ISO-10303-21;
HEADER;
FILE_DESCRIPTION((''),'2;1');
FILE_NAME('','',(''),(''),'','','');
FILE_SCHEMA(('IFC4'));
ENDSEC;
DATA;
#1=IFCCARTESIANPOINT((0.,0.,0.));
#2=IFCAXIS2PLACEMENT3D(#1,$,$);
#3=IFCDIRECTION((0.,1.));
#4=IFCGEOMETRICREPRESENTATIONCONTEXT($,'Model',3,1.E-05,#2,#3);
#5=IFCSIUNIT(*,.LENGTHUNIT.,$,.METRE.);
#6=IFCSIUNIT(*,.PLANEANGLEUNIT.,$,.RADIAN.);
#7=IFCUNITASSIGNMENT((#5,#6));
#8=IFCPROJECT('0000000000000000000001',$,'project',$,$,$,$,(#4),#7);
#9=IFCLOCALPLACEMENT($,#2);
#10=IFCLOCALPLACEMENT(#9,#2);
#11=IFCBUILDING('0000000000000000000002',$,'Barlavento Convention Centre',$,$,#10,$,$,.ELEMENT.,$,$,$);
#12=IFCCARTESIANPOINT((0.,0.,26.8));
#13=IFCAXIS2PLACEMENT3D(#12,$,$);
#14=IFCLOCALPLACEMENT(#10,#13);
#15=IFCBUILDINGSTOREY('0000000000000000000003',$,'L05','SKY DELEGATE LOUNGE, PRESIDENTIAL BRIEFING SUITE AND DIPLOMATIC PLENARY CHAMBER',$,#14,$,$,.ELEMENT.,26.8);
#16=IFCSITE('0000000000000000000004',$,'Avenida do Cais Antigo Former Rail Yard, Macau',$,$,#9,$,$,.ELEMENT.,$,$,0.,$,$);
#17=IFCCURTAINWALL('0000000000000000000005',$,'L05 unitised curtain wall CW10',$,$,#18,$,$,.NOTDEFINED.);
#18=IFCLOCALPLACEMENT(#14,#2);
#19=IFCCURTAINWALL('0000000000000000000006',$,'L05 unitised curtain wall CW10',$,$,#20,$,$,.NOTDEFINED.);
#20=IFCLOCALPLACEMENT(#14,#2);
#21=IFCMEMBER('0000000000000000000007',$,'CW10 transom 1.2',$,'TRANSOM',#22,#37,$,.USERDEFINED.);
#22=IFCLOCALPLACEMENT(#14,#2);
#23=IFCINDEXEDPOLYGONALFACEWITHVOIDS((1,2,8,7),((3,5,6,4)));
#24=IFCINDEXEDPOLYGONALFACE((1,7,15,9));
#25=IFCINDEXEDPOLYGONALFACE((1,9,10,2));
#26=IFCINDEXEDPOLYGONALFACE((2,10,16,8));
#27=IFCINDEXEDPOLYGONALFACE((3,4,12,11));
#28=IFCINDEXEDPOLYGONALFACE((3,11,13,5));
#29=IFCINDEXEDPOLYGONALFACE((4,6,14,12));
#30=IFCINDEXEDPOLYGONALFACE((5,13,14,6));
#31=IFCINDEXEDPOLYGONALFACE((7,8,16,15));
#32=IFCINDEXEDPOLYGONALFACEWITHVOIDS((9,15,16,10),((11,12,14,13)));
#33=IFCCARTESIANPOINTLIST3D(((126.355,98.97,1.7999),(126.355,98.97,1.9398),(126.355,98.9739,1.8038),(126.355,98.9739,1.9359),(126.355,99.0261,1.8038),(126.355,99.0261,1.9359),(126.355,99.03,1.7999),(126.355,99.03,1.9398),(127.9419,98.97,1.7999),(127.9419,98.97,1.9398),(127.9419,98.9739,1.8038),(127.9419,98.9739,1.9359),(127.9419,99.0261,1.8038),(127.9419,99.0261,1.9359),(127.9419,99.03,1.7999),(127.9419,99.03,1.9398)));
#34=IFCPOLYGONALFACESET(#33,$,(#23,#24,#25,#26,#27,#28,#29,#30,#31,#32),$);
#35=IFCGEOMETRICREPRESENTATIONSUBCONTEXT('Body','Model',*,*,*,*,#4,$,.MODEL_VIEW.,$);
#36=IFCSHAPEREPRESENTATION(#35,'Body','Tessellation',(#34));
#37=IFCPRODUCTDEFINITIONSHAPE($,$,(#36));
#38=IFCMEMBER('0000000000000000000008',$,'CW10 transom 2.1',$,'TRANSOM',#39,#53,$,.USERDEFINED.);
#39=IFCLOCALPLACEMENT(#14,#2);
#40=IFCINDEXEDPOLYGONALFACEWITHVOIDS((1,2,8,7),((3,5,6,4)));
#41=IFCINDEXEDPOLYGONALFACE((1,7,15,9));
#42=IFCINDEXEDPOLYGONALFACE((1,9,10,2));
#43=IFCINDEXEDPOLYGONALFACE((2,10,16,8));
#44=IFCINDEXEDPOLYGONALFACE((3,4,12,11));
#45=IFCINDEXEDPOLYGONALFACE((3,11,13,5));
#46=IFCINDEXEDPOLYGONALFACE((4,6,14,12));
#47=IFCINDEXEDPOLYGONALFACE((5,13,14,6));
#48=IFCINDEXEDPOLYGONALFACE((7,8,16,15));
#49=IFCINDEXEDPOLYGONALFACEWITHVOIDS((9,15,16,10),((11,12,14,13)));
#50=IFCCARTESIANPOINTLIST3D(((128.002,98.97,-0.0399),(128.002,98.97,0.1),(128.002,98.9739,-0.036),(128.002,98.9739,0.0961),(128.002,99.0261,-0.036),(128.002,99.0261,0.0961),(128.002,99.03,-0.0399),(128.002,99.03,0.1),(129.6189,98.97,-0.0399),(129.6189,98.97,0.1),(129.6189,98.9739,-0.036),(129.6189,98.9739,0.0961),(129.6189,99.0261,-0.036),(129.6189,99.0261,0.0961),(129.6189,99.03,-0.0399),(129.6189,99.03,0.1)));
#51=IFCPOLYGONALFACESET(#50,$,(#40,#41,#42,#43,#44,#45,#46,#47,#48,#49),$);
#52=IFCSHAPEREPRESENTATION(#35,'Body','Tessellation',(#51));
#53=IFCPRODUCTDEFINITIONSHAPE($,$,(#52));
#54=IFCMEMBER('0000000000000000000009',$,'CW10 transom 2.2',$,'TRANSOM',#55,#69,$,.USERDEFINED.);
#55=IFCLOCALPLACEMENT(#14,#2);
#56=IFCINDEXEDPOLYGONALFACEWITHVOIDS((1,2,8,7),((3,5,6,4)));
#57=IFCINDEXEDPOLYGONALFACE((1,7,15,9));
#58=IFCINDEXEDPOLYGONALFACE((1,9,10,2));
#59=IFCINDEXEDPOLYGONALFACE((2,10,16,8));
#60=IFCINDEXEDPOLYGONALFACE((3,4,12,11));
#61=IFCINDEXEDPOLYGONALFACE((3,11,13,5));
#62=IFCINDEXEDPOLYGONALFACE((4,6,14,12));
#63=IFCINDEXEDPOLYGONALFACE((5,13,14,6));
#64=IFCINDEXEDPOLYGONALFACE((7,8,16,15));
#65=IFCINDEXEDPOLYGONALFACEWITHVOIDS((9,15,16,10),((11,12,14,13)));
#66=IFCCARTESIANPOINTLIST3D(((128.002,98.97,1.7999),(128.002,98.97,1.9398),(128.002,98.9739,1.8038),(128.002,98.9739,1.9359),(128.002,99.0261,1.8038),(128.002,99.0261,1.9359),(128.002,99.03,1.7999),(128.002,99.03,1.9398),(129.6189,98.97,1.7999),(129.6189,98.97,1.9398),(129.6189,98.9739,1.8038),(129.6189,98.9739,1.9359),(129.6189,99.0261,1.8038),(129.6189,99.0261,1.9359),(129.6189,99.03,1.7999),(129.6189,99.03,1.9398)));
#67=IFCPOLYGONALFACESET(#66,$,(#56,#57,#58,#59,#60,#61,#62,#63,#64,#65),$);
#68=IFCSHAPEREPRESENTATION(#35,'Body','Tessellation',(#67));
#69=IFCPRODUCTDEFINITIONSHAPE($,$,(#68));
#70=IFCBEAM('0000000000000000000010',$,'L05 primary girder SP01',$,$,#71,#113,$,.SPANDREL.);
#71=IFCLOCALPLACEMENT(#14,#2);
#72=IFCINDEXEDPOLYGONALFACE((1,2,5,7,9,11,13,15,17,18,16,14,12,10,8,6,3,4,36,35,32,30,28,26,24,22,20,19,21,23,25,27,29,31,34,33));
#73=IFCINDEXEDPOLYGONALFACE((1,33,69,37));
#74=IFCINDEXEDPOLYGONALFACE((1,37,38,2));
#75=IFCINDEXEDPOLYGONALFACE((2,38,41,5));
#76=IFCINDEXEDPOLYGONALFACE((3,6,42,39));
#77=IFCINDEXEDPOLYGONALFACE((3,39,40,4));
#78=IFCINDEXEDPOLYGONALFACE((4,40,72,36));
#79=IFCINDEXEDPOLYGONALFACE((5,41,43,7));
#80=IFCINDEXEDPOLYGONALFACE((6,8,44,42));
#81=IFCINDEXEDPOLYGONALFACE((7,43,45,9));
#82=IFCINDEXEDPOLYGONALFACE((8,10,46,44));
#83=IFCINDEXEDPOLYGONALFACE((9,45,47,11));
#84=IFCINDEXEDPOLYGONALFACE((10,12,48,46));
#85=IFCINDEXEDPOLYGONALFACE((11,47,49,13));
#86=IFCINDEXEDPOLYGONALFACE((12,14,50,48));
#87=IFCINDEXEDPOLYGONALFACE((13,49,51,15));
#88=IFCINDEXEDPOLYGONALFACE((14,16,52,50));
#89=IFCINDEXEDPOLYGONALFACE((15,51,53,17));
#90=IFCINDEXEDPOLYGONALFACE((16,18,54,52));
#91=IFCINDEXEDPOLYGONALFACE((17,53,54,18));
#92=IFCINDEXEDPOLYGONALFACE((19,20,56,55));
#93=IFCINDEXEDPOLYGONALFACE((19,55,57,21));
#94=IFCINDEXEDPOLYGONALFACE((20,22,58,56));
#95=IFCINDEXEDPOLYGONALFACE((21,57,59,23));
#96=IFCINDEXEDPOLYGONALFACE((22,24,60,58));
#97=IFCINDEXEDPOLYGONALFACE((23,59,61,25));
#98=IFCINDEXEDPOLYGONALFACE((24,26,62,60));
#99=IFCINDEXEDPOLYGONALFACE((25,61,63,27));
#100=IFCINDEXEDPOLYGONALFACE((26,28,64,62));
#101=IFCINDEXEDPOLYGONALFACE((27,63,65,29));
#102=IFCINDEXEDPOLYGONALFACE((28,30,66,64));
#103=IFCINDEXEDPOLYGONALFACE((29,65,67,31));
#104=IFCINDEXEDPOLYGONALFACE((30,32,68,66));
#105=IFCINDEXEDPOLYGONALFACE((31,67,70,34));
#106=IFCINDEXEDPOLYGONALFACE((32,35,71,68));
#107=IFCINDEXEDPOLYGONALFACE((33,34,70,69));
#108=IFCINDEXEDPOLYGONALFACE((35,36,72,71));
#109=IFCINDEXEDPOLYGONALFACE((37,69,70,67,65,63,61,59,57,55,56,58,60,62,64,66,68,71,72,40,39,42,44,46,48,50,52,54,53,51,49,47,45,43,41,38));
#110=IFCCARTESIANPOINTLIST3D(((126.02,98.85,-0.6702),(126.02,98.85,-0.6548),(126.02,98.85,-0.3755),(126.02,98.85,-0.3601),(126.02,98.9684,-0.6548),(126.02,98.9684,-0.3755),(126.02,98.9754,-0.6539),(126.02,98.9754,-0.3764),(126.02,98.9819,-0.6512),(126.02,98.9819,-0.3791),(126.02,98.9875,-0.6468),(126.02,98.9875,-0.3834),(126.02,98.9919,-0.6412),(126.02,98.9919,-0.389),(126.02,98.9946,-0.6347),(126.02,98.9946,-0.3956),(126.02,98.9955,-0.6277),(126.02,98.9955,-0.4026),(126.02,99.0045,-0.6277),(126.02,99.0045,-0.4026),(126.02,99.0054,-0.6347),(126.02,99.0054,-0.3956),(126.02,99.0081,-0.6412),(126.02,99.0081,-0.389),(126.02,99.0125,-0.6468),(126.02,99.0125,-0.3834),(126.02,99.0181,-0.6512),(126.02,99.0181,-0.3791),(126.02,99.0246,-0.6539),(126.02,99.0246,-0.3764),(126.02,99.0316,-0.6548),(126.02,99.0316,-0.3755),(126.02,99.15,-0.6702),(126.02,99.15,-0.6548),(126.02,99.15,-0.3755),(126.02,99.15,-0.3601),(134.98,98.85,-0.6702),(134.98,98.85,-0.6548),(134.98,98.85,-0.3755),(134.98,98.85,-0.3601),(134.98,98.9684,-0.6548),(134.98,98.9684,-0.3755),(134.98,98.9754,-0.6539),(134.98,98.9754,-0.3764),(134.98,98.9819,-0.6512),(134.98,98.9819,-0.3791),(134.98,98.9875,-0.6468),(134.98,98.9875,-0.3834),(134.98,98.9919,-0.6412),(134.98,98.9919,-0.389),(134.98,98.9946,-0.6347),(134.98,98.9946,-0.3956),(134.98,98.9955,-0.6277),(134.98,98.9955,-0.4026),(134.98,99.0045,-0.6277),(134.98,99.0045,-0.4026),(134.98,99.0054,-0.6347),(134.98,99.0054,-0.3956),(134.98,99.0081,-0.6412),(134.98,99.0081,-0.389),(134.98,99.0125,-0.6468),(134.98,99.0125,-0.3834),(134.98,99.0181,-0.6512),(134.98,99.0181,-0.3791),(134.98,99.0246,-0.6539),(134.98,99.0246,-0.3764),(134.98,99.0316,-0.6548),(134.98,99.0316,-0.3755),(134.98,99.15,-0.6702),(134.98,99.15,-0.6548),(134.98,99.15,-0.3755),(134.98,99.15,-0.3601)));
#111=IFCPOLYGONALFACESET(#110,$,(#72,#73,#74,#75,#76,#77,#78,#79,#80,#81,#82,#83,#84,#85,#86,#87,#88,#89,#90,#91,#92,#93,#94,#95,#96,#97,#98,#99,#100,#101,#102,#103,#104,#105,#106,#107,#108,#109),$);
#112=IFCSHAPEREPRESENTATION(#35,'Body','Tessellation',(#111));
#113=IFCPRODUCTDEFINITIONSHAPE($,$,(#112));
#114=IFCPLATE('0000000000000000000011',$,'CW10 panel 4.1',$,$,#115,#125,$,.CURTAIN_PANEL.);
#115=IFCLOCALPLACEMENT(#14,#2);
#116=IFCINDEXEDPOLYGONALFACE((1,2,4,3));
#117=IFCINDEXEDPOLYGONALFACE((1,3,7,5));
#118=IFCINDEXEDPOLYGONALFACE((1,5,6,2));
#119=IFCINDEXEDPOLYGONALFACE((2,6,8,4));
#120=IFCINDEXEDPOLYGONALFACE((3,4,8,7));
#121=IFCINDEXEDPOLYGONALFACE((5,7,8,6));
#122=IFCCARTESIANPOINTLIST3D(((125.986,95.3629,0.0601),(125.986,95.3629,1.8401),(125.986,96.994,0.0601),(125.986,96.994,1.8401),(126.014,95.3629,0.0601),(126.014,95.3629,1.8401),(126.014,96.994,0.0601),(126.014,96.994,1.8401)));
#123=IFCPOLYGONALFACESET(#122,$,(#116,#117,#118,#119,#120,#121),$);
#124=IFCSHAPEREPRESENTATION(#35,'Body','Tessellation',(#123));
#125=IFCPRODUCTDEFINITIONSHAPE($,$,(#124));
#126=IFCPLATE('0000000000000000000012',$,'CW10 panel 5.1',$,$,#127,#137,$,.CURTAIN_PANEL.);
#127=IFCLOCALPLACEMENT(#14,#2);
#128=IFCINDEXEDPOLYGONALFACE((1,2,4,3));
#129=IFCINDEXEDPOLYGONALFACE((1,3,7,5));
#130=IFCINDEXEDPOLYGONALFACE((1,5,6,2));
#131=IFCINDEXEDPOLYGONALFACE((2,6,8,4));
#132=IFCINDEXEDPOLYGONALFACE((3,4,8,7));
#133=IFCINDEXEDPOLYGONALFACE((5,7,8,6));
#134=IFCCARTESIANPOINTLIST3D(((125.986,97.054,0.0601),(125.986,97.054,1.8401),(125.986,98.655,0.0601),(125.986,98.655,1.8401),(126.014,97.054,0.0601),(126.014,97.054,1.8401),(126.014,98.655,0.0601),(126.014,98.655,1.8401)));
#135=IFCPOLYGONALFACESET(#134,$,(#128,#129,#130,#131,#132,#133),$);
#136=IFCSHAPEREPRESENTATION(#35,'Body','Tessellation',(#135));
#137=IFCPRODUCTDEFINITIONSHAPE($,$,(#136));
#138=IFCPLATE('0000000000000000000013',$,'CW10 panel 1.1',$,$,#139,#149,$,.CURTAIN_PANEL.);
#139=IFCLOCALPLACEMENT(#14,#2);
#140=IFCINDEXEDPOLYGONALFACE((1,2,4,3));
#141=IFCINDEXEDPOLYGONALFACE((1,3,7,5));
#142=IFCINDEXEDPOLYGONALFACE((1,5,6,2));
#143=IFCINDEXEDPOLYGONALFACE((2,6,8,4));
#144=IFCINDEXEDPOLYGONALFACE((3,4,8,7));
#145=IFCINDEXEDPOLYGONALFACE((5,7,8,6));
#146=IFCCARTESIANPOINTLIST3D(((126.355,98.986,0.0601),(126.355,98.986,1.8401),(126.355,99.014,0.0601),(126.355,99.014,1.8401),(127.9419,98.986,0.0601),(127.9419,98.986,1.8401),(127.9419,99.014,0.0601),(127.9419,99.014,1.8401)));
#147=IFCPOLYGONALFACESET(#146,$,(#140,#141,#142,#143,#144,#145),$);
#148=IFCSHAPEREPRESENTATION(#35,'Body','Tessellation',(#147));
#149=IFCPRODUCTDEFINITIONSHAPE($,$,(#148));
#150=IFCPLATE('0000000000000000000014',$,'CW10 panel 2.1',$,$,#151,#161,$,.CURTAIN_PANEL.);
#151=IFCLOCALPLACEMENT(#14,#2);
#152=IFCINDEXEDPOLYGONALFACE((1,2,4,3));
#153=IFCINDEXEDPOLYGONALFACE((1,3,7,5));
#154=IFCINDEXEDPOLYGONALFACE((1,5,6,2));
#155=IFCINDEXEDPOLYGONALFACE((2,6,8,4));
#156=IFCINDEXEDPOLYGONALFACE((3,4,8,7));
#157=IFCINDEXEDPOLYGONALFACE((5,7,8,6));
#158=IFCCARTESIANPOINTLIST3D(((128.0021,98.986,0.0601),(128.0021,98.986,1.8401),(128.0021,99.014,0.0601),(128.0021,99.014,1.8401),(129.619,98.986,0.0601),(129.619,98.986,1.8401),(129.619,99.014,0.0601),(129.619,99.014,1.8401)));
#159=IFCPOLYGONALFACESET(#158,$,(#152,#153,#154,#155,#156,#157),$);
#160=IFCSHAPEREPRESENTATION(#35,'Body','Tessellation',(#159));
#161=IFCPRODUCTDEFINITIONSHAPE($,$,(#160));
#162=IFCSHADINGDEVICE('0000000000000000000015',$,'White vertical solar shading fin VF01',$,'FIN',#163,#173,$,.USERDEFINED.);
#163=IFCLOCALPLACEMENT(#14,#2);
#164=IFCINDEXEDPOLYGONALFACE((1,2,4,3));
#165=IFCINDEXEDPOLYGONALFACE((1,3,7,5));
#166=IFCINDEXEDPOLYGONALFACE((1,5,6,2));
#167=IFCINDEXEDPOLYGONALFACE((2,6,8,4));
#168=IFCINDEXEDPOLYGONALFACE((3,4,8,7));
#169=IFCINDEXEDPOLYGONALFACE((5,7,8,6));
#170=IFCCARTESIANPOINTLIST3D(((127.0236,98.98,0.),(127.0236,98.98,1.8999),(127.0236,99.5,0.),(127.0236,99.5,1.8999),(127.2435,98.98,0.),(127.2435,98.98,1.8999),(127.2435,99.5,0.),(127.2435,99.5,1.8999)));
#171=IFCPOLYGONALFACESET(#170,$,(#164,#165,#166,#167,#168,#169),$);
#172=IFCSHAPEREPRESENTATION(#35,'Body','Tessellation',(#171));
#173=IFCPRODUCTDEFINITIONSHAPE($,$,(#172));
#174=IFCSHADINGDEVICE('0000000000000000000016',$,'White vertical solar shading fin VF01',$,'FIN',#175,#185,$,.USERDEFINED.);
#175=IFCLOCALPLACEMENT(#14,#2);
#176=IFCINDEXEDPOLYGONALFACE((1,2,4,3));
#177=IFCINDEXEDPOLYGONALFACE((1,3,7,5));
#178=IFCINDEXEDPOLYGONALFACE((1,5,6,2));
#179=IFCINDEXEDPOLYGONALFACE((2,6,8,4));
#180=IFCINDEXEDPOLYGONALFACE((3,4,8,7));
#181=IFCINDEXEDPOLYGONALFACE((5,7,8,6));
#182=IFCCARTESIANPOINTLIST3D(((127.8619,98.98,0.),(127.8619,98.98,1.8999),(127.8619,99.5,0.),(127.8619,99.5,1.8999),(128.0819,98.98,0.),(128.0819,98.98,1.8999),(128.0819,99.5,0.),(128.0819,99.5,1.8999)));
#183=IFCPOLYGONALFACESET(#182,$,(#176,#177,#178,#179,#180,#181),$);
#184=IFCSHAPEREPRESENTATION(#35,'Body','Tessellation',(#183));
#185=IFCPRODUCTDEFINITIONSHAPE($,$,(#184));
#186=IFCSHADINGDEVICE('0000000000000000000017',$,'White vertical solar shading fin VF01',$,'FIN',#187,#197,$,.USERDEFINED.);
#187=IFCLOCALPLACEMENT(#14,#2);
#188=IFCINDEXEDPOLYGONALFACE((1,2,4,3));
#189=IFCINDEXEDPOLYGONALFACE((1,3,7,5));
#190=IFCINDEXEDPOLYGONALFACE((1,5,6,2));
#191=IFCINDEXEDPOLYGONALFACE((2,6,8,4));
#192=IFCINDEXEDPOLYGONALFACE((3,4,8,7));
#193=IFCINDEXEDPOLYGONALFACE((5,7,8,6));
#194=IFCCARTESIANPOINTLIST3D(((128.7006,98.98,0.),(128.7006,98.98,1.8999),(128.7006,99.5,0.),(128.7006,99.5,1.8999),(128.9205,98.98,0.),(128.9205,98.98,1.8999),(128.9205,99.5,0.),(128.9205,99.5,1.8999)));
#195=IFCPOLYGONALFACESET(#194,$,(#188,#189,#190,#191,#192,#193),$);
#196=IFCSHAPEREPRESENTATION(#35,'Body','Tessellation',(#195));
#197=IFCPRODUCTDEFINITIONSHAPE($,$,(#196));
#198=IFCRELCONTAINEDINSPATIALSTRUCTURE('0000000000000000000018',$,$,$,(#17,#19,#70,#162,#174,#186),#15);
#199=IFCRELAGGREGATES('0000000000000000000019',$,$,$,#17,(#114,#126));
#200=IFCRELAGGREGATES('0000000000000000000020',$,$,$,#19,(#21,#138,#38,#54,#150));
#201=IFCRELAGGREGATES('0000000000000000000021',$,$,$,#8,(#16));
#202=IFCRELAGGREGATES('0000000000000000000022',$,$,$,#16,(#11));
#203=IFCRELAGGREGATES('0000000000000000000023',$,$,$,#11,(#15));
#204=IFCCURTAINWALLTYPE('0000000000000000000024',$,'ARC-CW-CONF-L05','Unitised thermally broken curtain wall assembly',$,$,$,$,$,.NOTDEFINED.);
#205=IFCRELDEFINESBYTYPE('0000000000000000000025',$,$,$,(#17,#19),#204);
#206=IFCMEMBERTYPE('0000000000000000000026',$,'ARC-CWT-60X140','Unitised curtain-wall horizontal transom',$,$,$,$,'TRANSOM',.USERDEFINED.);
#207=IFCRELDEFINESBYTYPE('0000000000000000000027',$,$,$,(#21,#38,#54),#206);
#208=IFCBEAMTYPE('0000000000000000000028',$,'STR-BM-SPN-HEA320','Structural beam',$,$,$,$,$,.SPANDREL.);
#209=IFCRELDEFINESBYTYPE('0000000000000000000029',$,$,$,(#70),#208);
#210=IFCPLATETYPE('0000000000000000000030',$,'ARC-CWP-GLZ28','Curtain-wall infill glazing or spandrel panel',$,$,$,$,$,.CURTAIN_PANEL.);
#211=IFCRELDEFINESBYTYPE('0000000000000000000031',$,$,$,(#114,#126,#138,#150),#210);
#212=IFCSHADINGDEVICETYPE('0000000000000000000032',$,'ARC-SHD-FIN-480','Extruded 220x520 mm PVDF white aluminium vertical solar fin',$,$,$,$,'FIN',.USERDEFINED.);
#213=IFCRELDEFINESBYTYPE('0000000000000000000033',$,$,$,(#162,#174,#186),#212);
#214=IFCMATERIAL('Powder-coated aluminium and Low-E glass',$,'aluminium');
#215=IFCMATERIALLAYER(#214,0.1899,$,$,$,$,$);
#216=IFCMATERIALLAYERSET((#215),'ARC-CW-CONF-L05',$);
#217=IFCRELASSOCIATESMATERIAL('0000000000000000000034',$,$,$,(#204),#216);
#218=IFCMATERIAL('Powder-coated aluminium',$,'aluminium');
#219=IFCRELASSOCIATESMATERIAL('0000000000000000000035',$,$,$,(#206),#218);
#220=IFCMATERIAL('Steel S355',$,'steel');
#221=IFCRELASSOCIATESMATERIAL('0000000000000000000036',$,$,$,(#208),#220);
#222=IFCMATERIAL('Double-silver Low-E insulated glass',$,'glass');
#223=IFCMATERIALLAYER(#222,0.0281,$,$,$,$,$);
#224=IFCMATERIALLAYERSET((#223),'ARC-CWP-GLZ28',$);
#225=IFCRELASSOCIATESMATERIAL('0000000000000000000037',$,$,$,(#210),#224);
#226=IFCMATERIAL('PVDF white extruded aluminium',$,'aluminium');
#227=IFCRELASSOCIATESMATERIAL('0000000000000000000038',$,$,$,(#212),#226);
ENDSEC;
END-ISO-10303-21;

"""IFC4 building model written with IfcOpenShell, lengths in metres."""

from ifc_helpers import new_model, si_unit, direction, frame, origin, origin_2d, place, context, subcontext, project, spatial, rectangle, hollow_rectangle, i_section, extrude, material, layer, layer_set, material_profile, profile_set, type_object, element, aggregate, save


model = new_model("IFC4")

# Units and contexts
model_context = context("Model", 3, precision=1e-05, world=origin(), true_north=direction((0.0, 1.0)))
body_context = subcontext(model_context, "Body", "Model", "MODEL_VIEW")
ifc_project = project(units=[si_unit("LENGTHUNIT", "METRE"), si_unit("PLANEANGLEUNIT", "RADIAN")], contexts=[model_context])

# Site, building, storey
site_placement = place(None, origin())
site = spatial("IfcSite", under=ifc_project, at=site_placement, Name="Avenida do Cais Antigo Former Rail Yard, Macau", CompositionType="ELEMENT", RefElevation=0.0)
building_placement = place(site_placement, origin())
building = spatial("IfcBuilding", under=site, at=building_placement, Name="Barlavento Convention Centre", CompositionType="ELEMENT")
storey_placement = place(building_placement, frame((0.0, 0.0, 26.8)))
storey = spatial("IfcBuildingStorey", under=building, at=storey_placement, Name="L05", Description="SKY DELEGATE LOUNGE, PRESIDENTIAL BRIEFING SUITE AND DIPLOMATIC PLENARY CHAMBER", CompositionType="ELEMENT", Elevation=26.8)

# Curtain walls
ifc_material_1 = material(Name="Powder-coated aluminium and Low-E glass", Category="aluminium")
ifc_layer_1 = layer(ifc_material_1, 0.1899)
ifc_layer_set_1 = layer_set([ifc_layer_1], Name="ARC-CW-CONF-L05")
curtain_wall_type = type_object("IfcCurtainWallType", Name="ARC-CW-CONF-L05", Description="Unitised thermally broken curtain wall assembly", PredefinedType="NOTDEFINED", material=ifc_layer_set_1)
curtain_wall_1_placement = place(storey_placement, origin())
curtain_wall_1 = element("IfcCurtainWall", 1, at=curtain_wall_1_placement, inside=storey, type_object=curtain_wall_type, Name="L05 unitised curtain wall CW10", PredefinedType="NOTDEFINED")
ifc_material_2 = material(Name="Powder-coated aluminium", Category="aluminium")
curtain_wall_2_placement = place(storey_placement, origin())
curtain_wall_2 = element("IfcCurtainWall", 2, at=curtain_wall_2_placement, inside=storey, type_object=curtain_wall_type, Name="L05 unitised curtain wall CW10", PredefinedType="NOTDEFINED")

# Members
ifc_material_profile_1 = material_profile(ifc_material_2, hollow_rectangle(XDim=0.0601, YDim=0.1399, WallThickness=0.0039, at=origin_2d()), Name="AL-TRAN 60x140x4")
ifc_profile_set_1 = profile_set([ifc_material_profile_1], Name="Powder-coated aluminium")
member_type_1 = type_object("IfcMemberType", Name="ARC-CWT-60X140", Description="Unitised curtain-wall horizontal transom", ElementType="TRANSOM", PredefinedType="USERDEFINED", material=ifc_profile_set_1)
member_1_placement = place(storey_placement, frame((126.355, 99.0, 1.8699), z_axis=(1.0, 0.0, 0.0), x_axis=(0.0, 1.0, 0.0)))
member_1 = element("IfcMember", 3, at=member_1_placement, type_object=member_type_1, Name="CW10 transom 1.2", ObjectType="TRANSOM", PredefinedType="USERDEFINED", context=body_context, shape_type="SweptSolid", body=[
    extrude(hollow_rectangle(XDim=0.0601, YDim=0.1399, WallThickness=0.0039, at=origin_2d()), origin(), (0.0, 0.0, 1.0), 1.5869),
])
member_2_placement = place(storey_placement, frame((128.002, 99.0, 0.03), z_axis=(1.0, 0.0, 0.0), x_axis=(0.0, 1.0, 0.0)))
member_2 = element("IfcMember", 4, at=member_2_placement, type_object=member_type_1, Name="CW10 transom 2.1", ObjectType="TRANSOM", PredefinedType="USERDEFINED", context=body_context, shape_type="SweptSolid", body=[
    extrude(hollow_rectangle(XDim=0.0601, YDim=0.1399, WallThickness=0.0039, at=origin_2d()), origin(), (0.0, 0.0, 1.0), 1.6169),
])
member_3_placement = place(storey_placement, frame((128.002, 99.0, 1.8699), z_axis=(1.0, 0.0, 0.0), x_axis=(0.0, 1.0, 0.0)))
member_3 = element("IfcMember", 5, at=member_3_placement, type_object=member_type_1, Name="CW10 transom 2.2", ObjectType="TRANSOM", PredefinedType="USERDEFINED", context=body_context, shape_type="SweptSolid", body=[
    extrude(hollow_rectangle(XDim=0.0601, YDim=0.1399, WallThickness=0.0039, at=origin_2d()), origin(), (0.0, 0.0, 1.0), 1.6169),
])

# Beam
ifc_material_3 = material(Name="Steel S355", Category="steel")
ifc_material_profile_2 = material_profile(ifc_material_3, i_section(OverallWidth=0.3, OverallDepth=0.3101, WebThickness=0.009, FlangeThickness=0.0154, FilletRadius=0.0271, at=origin_2d()), Name="HEA 320")
ifc_profile_set_2 = profile_set([ifc_material_profile_2], Name="Steel S355")
beam_type = type_object("IfcBeamType", Name="STR-BM-SPN-HEA320", Description="Structural beam", PredefinedType="SPANDREL", material=ifc_profile_set_2)
beam_placement = place(storey_placement, frame((126.02, 99.0, -0.5151), z_axis=(1.0, 0.0, 0.0), x_axis=(0.0, 1.0, 0.0)))
element("IfcBeam", 6, at=beam_placement, inside=storey, type_object=beam_type, Name="L05 primary girder SP01", PredefinedType="SPANDREL", context=body_context, shape_type="SweptSolid", body=[
    extrude(i_section(OverallWidth=0.3, OverallDepth=0.3101, WebThickness=0.009, FlangeThickness=0.0154, FilletRadius=0.0271, at=origin_2d()), origin(), (0.0, 0.0, 1.0), 8.96),
])

# Plates
ifc_material_4 = material(Name="Double-silver Low-E insulated glass", Category="glass")
ifc_layer_2 = layer(ifc_material_4, 0.0281)
ifc_layer_set_2 = layer_set([ifc_layer_2], Name="ARC-CWP-GLZ28")
plate_type = type_object("IfcPlateType", Name="ARC-CWP-GLZ28", Description="Curtain-wall infill glazing or spandrel panel", PredefinedType="CURTAIN_PANEL", material=ifc_layer_set_2)
plate_1_placement = place(storey_placement, frame((126.0, 96.1785, 0.0601), z_axis=(0.0, 0.0, 1.0), x_axis=(0.0, 1.0, 0.0)))
plate_1 = element("IfcPlate", 7, at=plate_1_placement, type_object=plate_type, Name="CW10 panel 4.1", PredefinedType="CURTAIN_PANEL", context=body_context, shape_type="SweptSolid", body=[
    extrude(rectangle(XDim=1.6311, YDim=0.0281, at=origin_2d()), origin(), (0.0, 0.0, 1.0), 1.78),
])
plate_2_placement = place(storey_placement, frame((126.0, 97.8545, 0.0601), z_axis=(0.0, 0.0, 1.0), x_axis=(0.0, 1.0, 0.0)))
plate_2 = element("IfcPlate", 8, at=plate_2_placement, type_object=plate_type, Name="CW10 panel 5.1", PredefinedType="CURTAIN_PANEL", context=body_context, shape_type="SweptSolid", body=[
    extrude(rectangle(XDim=1.6011, YDim=0.0281, at=origin_2d()), origin(), (0.0, 0.0, 1.0), 1.78),
])
aggregate(curtain_wall_1, [plate_1, plate_2])
plate_3_placement = place(storey_placement, frame((127.1484, 99.0, 0.0601), z_axis=(0.0, 0.0, 1.0), x_axis=(1.0, 0.0, 0.0)))
plate_3 = element("IfcPlate", 9, at=plate_3_placement, type_object=plate_type, Name="CW10 panel 1.1", PredefinedType="CURTAIN_PANEL", context=body_context, shape_type="SweptSolid", body=[
    extrude(rectangle(XDim=1.5869, YDim=0.0281, at=origin_2d()), origin(), (0.0, 0.0, 1.0), 1.78),
])
plate_4_placement = place(storey_placement, frame((128.8105, 99.0, 0.0601), z_axis=(0.0, 0.0, 1.0), x_axis=(1.0, 0.0, 0.0)))
plate_4 = element("IfcPlate", 10, at=plate_4_placement, type_object=plate_type, Name="CW10 panel 2.1", PredefinedType="CURTAIN_PANEL", context=body_context, shape_type="SweptSolid", body=[
    extrude(rectangle(XDim=1.6169, YDim=0.0281, at=origin_2d()), origin(), (0.0, 0.0, 1.0), 1.78),
])
aggregate(curtain_wall_2, [member_1, plate_3, member_2, member_3, plate_4])

# Shading devices
ifc_material_5 = material(Name="PVDF white extruded aluminium", Category="aluminium")
shading_device_type = type_object("IfcShadingDeviceType", Name="ARC-SHD-FIN-480", Description="Extruded 220x520 mm PVDF white aluminium vertical solar fin", ElementType="FIN", PredefinedType="USERDEFINED", material=ifc_material_5)
for number, where, z_axis, x_axis, name in (
    (11, (127.1335, 99.24, 0.0), (0.0, 0.0, 1.0), (1.0, 0.0, 0.0), "White vertical solar shading fin VF01"),
    (12, (127.9719, 99.24, 0.0), (0.0, 0.0, 1.0), (1.0, 0.0, 0.0), "White vertical solar shading fin VF01"),
    (13, (128.8105, 99.24, 0.0), (0.0, 0.0, 1.0), (1.0, 0.0, 0.0), "White vertical solar shading fin VF01"),
):
    element("IfcShadingDevice", number, at=place(storey_placement, frame(where, z_axis=z_axis, x_axis=x_axis)), inside=storey, type_object=shading_device_type, Name=name, ObjectType="FIN", PredefinedType="USERDEFINED", context=body_context, shape_type="SweptSolid", body=[
        extrude(rectangle(XDim=0.22, YDim=0.52, at=origin_2d()), origin(), (0.0, 0.0, 1.0), 1.8999),
    ])

save(model, "model.ifc")
